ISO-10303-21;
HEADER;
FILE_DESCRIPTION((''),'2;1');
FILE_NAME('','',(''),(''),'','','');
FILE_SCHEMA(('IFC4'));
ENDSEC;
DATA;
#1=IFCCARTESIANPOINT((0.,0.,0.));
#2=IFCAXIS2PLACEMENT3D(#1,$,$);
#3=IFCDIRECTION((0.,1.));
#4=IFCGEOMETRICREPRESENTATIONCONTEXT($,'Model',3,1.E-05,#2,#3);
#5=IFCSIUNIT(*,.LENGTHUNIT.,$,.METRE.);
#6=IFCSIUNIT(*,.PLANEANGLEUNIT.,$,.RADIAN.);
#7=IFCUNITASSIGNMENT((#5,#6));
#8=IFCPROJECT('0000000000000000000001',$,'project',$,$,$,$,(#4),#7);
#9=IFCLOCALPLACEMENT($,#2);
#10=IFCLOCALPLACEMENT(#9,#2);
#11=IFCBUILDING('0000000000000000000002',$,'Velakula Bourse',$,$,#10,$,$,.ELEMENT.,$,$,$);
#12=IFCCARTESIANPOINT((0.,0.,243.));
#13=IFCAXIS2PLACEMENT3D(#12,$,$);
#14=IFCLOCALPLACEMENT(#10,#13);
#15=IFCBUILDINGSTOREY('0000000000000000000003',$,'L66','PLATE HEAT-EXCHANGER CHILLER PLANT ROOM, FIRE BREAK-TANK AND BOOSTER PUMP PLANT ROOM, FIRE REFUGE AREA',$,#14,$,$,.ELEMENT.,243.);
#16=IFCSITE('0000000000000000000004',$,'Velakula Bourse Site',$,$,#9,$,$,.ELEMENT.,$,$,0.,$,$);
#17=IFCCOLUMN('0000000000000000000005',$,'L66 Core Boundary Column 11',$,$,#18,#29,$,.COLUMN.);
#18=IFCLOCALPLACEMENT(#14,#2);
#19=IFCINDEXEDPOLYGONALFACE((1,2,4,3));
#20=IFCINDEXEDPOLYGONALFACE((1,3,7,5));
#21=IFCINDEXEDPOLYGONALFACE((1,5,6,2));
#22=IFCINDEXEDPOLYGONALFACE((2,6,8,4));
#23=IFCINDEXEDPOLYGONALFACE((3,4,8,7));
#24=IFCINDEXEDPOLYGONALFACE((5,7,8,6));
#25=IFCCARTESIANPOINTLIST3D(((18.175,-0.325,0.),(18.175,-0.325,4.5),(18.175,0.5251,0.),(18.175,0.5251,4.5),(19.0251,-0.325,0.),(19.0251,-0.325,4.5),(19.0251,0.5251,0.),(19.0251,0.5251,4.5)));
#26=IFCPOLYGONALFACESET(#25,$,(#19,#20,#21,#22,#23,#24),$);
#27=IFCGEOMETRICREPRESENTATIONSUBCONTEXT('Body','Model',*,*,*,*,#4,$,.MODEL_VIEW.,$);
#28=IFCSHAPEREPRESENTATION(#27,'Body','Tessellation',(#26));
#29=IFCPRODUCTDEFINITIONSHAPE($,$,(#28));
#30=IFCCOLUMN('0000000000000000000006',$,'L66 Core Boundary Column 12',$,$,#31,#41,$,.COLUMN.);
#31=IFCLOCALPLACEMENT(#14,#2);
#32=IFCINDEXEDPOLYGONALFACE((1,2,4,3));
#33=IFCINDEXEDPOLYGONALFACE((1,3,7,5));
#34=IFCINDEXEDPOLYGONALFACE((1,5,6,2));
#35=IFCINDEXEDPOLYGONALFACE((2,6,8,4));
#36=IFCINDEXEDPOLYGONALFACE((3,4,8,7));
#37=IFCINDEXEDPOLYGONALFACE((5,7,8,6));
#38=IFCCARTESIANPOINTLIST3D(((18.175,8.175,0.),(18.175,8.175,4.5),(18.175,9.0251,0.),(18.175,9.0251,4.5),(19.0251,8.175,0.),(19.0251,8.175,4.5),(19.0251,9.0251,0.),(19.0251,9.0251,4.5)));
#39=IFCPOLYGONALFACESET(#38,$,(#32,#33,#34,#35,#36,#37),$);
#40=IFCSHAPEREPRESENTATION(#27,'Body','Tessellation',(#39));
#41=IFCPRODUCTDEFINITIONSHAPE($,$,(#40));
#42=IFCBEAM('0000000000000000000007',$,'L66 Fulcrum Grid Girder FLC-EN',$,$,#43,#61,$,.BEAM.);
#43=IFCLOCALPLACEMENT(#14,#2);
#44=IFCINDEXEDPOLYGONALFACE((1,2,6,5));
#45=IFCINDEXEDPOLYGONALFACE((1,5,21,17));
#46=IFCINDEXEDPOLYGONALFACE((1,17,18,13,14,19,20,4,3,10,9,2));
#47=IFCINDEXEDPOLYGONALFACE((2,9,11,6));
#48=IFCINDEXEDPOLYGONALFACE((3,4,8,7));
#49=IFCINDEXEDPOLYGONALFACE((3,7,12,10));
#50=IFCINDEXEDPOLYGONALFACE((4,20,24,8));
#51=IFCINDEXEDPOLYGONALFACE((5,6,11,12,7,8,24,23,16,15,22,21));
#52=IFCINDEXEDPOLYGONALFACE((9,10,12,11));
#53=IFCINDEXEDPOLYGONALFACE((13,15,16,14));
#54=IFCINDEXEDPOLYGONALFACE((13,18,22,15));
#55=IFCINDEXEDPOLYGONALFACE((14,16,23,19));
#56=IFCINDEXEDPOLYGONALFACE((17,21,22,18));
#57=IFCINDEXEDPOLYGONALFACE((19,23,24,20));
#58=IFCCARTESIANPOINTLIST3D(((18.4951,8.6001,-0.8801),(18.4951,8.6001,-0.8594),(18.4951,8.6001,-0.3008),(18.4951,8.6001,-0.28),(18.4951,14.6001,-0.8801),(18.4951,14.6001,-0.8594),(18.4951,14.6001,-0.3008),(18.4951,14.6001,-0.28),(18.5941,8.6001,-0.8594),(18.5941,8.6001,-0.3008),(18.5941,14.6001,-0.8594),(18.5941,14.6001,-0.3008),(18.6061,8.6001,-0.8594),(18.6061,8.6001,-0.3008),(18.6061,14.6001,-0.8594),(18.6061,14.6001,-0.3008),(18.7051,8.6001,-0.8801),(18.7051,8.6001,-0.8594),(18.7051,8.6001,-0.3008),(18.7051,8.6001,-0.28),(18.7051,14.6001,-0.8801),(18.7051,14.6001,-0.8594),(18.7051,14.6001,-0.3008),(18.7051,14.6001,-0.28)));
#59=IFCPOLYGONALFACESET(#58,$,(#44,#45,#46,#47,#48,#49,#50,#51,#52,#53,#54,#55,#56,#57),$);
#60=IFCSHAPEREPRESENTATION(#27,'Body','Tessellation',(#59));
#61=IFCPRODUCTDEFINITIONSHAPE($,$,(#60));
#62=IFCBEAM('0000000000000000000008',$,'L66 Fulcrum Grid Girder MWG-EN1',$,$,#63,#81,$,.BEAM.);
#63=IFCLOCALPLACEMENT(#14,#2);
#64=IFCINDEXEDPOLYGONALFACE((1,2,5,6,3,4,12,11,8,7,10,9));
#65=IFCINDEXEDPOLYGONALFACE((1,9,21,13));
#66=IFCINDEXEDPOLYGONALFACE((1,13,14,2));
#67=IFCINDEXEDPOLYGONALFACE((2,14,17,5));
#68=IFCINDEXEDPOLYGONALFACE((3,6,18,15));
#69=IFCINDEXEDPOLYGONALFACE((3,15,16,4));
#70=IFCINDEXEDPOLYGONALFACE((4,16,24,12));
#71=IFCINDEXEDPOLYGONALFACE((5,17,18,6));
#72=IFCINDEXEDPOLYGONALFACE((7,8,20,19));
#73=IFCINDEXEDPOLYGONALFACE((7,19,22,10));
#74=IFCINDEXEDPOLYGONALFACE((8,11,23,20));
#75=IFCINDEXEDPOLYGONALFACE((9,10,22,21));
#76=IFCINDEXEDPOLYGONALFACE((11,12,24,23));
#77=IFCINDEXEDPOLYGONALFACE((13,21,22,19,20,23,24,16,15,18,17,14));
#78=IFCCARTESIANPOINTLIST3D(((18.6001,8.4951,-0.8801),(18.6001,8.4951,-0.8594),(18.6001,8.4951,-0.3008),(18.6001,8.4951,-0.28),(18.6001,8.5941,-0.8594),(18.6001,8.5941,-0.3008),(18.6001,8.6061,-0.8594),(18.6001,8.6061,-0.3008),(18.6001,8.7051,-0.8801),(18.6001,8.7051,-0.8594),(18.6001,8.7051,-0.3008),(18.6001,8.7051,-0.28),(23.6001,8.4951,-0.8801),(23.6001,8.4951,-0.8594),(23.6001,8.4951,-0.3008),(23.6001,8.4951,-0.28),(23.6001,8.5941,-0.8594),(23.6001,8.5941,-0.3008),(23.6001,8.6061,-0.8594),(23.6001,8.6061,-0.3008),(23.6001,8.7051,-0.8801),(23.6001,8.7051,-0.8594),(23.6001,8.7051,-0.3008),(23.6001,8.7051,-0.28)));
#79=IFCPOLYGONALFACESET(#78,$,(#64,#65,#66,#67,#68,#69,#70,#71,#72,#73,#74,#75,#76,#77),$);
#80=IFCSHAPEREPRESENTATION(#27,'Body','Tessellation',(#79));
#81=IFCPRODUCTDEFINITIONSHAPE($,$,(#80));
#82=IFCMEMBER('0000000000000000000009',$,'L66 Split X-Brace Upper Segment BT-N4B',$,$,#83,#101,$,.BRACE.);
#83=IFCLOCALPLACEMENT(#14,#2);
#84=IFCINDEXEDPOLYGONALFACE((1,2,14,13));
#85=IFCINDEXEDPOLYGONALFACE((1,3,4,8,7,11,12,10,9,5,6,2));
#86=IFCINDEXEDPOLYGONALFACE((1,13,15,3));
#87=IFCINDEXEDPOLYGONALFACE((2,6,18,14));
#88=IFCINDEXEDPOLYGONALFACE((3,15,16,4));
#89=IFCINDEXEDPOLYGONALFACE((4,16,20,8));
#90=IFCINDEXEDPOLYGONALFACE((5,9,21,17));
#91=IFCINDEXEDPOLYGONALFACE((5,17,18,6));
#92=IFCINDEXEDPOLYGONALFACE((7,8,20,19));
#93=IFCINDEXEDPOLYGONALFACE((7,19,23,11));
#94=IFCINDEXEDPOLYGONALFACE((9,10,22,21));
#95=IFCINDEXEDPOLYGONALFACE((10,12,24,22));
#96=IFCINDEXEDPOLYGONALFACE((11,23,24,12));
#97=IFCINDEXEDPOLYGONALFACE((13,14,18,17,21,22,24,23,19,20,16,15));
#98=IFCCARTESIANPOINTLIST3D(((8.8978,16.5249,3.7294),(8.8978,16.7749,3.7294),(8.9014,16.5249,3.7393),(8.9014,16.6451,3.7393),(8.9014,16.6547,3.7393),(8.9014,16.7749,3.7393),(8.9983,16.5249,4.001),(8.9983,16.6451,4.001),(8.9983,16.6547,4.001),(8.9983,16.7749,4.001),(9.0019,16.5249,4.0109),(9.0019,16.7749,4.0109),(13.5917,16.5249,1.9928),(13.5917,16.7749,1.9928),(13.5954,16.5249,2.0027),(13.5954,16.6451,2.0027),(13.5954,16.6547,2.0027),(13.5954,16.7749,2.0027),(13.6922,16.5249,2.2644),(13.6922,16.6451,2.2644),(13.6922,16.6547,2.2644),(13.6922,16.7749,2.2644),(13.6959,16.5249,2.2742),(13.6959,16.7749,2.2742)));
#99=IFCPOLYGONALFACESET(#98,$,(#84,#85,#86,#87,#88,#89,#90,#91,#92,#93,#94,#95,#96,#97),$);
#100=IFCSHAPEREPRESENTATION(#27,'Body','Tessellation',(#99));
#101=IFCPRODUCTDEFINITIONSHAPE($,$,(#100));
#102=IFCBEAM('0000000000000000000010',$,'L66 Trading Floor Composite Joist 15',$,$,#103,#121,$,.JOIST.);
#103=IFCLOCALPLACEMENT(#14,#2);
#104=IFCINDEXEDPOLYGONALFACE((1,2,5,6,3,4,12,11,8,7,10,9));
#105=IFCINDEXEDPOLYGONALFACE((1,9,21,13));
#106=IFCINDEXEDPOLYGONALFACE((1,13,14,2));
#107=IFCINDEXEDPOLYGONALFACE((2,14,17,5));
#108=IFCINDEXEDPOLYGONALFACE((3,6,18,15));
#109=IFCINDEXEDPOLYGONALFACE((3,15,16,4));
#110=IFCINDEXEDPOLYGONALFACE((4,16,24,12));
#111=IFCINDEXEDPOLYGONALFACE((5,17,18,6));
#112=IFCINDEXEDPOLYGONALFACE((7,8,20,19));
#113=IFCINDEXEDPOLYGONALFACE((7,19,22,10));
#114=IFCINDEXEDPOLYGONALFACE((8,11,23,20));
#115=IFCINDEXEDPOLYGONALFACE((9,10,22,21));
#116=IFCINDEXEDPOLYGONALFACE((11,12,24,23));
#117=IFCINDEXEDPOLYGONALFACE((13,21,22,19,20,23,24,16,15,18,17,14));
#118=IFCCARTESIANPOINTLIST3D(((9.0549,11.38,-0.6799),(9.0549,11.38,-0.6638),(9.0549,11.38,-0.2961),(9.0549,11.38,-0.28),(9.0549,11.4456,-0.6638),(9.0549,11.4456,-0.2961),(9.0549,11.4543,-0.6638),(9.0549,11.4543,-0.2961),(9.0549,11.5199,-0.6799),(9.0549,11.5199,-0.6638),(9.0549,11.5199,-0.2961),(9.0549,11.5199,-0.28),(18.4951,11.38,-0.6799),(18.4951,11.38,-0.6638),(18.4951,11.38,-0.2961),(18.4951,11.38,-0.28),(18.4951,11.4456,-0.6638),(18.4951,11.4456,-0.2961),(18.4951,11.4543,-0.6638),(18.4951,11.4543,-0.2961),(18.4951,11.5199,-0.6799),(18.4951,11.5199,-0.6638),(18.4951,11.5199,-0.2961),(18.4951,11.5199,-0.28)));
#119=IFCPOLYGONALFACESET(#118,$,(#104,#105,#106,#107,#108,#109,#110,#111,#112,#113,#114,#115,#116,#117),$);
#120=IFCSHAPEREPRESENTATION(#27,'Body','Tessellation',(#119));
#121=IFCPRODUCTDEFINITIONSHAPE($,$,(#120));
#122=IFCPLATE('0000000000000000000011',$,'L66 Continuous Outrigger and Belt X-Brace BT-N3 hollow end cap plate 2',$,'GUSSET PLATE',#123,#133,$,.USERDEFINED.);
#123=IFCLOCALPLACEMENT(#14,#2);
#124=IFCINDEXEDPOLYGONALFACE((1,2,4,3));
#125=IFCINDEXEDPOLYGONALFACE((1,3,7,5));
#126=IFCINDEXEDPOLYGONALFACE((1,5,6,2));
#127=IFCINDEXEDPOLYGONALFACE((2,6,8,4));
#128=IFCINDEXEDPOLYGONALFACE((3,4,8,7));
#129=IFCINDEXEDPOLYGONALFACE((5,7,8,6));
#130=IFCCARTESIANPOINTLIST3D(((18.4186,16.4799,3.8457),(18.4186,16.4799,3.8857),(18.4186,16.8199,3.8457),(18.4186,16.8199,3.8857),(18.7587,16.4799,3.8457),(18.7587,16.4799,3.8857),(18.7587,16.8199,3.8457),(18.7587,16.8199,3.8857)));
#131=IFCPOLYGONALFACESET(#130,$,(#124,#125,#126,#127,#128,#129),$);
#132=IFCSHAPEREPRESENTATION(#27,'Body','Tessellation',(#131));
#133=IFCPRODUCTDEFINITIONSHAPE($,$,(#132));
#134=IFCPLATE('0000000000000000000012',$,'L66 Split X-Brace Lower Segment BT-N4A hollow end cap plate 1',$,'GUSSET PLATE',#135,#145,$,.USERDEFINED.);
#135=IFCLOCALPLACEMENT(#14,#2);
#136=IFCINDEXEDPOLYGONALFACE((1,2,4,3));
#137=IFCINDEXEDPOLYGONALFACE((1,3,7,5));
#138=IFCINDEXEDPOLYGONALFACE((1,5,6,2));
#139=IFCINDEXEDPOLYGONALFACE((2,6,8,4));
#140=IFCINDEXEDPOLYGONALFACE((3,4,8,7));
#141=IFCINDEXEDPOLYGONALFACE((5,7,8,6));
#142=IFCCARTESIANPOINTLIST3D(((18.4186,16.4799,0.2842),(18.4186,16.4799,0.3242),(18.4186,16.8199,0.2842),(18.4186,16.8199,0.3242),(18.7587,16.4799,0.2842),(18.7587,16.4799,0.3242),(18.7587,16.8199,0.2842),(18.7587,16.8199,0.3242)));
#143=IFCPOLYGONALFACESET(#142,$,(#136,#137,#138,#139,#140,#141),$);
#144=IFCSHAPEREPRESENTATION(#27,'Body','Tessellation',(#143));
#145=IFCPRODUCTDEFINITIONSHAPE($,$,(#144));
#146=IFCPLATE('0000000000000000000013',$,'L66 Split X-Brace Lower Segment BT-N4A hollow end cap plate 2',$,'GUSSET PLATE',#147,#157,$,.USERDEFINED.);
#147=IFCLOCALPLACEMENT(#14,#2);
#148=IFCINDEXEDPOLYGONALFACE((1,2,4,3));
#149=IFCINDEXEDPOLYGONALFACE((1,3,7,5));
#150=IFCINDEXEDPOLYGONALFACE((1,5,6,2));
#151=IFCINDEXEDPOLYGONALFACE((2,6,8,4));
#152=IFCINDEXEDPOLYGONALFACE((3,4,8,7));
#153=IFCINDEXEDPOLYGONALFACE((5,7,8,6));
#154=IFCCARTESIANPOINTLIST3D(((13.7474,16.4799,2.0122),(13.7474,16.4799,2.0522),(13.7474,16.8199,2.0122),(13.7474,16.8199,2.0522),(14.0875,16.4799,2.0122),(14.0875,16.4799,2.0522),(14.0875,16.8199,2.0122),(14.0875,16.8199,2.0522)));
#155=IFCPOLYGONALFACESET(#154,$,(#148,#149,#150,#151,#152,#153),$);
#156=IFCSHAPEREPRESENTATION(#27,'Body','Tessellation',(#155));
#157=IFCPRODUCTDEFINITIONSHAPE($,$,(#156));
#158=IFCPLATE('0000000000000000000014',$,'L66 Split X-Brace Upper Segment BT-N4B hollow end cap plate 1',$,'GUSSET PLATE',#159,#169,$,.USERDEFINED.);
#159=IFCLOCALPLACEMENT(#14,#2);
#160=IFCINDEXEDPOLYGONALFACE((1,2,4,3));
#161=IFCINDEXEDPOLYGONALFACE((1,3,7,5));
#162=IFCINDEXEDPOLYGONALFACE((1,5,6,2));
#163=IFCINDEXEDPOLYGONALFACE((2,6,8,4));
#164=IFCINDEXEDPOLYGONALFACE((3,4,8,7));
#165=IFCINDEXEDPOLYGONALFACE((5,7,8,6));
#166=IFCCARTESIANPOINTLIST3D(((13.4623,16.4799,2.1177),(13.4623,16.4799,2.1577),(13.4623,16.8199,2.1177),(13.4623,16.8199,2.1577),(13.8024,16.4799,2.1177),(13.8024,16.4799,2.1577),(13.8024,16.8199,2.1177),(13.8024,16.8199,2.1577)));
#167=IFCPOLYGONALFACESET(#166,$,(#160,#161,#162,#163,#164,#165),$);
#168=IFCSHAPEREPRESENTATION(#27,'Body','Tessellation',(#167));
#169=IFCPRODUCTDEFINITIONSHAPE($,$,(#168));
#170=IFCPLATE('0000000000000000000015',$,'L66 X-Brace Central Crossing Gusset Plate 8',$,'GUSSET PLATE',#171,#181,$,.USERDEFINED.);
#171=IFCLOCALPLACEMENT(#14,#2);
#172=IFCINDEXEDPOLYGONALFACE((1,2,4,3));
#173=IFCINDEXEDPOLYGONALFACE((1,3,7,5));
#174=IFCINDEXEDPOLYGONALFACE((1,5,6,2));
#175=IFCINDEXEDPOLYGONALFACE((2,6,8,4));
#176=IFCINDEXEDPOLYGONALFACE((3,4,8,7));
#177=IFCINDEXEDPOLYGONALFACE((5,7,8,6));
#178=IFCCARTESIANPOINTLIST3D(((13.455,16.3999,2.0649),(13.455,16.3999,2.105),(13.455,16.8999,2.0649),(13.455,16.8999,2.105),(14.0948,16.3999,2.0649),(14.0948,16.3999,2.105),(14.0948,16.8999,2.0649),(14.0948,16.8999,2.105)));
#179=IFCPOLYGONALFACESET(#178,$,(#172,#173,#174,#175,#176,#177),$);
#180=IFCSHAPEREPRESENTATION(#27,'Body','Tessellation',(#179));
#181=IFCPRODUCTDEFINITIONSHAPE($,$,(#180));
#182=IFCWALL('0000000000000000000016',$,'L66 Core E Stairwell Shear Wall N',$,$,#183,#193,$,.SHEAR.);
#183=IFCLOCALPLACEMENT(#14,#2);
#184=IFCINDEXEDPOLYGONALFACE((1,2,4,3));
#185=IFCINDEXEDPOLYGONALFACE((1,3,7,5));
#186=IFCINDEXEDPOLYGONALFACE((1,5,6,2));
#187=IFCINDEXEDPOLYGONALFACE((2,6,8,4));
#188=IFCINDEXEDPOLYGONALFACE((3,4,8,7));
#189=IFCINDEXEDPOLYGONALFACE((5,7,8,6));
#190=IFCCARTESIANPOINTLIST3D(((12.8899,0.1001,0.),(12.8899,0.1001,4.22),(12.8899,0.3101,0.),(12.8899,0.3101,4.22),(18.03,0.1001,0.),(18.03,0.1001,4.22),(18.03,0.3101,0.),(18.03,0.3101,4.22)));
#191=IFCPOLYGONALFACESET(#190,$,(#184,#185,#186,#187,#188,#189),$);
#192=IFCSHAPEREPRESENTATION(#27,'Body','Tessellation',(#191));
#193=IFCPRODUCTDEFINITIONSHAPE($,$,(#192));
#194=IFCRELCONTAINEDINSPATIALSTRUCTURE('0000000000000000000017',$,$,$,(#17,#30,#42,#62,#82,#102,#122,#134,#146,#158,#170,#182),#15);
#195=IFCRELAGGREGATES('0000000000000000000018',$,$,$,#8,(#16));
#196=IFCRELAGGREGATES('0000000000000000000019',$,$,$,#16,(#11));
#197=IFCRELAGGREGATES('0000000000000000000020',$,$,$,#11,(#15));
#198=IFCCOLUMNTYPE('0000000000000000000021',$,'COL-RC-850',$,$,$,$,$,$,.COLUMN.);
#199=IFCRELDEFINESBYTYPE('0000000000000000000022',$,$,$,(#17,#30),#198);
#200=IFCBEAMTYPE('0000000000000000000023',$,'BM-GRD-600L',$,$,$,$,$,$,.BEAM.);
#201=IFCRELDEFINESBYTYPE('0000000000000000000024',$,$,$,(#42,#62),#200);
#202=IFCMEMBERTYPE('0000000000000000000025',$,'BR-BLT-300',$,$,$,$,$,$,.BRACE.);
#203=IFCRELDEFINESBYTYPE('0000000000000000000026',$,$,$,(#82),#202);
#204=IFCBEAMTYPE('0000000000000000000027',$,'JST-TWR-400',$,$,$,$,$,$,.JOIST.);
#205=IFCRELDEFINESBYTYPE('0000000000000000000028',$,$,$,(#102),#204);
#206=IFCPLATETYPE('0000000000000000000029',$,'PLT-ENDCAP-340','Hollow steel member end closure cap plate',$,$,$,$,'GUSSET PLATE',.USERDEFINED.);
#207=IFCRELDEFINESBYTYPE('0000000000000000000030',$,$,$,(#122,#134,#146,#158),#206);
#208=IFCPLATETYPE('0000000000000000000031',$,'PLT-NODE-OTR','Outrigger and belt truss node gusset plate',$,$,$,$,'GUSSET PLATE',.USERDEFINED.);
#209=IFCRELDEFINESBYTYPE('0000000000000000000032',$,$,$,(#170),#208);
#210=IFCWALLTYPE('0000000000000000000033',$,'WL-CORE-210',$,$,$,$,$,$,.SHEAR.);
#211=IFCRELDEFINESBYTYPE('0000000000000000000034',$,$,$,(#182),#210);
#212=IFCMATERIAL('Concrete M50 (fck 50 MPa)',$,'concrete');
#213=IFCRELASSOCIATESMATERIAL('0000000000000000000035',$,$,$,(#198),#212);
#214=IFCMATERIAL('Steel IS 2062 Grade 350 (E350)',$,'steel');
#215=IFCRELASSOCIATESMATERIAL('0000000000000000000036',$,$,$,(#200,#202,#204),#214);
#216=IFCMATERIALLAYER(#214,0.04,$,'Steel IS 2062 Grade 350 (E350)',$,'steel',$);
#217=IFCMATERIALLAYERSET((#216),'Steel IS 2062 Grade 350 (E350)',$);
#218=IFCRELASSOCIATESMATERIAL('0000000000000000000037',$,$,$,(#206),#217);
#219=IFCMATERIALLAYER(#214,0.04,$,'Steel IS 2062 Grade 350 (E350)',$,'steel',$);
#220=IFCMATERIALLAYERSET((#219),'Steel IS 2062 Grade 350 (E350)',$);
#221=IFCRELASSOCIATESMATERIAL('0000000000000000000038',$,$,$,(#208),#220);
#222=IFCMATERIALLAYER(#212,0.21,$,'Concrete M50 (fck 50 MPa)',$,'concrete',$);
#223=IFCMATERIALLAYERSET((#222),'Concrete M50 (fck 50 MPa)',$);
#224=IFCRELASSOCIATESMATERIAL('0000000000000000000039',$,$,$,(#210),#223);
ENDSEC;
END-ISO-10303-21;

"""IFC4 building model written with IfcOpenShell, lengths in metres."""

from ifc_helpers import new_model, si_unit, direction, frame, frame_2d, origin, origin_2d, place, context, subcontext, project, spatial, rectangle, i_section, extrude, material, layer, layer_set, material_profile, profile_set, type_object, element, save


model = new_model("IFC4")

# Units and contexts
model_context = context("Model", 3, precision=1e-05, world=origin(), true_north=direction((0.0, 1.0)))
body_context = subcontext(model_context, "Body", "Model", "MODEL_VIEW")
ifc_project = project(units=[si_unit("LENGTHUNIT", "METRE"), si_unit("PLANEANGLEUNIT", "RADIAN")], contexts=[model_context])

# Site, building, storey
site_placement = place(None, origin())
site = spatial("IfcSite", under=ifc_project, at=site_placement, Name="Velakula Bourse Site", CompositionType="ELEMENT", RefElevation=0.0)
building_placement = place(site_placement, origin())
building = spatial("IfcBuilding", under=site, at=building_placement, Name="Velakula Bourse", CompositionType="ELEMENT")
storey_placement = place(building_placement, frame((0.0, 0.0, 243.0)))
storey = spatial("IfcBuildingStorey", under=building, at=storey_placement, Name="L66", Description="PLATE HEAT-EXCHANGER CHILLER PLANT ROOM, FIRE BREAK-TANK AND BOOSTER PUMP PLANT ROOM, FIRE REFUGE AREA", CompositionType="ELEMENT", Elevation=243.0)

# Columns
ifc_material_1 = material(Name="Concrete M50 (fck 50 MPa)", Category="concrete")
ifc_material_profile_1 = material_profile(ifc_material_1, rectangle(XDim=0.8501, YDim=0.8501, at=origin_2d()), Name="Concrete M50 (fck 50 MPa)")
ifc_profile_set_1 = profile_set([ifc_material_profile_1], Name="Concrete M50 (fck 50 MPa)")
column_type = type_object("IfcColumnType", Name="COL-RC-850", PredefinedType="COLUMN", material=ifc_profile_set_1)
for number, where, z_axis, x_axis, name in (
    (1, (18.6001, 0.1001, 0.0), (0.0, 0.0, 1.0), (1.0, 0.0, 0.0), "L66 Core Boundary Column 11"),
    (2, (18.6001, 8.6001, 0.0), (0.0, 0.0, 1.0), (1.0, 0.0, 0.0), "L66 Core Boundary Column 12"),
):
    element("IfcColumn", number, at=place(storey_placement, frame(where, z_axis=z_axis, x_axis=x_axis)), inside=storey, type_object=column_type, Name=name, PredefinedType="COLUMN", context=body_context, shape_type="SweptSolid", body=[
        extrude(rectangle(XDim=0.8501, YDim=0.8501, at=origin_2d()), origin(), (0.0, 0.0, 1.0), 4.5),
    ])

# Beams
ifc_material_2 = material(Name="Steel IS 2062 Grade 350 (E350)", Category="steel")
ifc_material_profile_2 = material_profile(ifc_material_2, i_section(OverallWidth=0.21, OverallDepth=0.6001, WebThickness=0.012, FlangeThickness=0.0208, at=origin_2d()), Name="Steel IS 2062 Grade 350 (E350)")
ifc_profile_set_2 = profile_set([ifc_material_profile_2], Name="Steel IS 2062 Grade 350 (E350)")
beam_type_1 = type_object("IfcBeamType", Name="BM-GRD-600L", PredefinedType="BEAM", material=ifc_profile_set_2)
beam_1_placement = place(storey_placement, frame((18.6001, 8.6001, -0.5801), z_axis=(0.0, 1.0, 0.0), x_axis=(-1.0, 0.0, 0.0)))
element("IfcBeam", 3, at=beam_1_placement, inside=storey, type_object=beam_type_1, Name="L66 Fulcrum Grid Girder FLC-EN", PredefinedType="BEAM", context=body_context, shape_type="SweptSolid", body=[
    extrude(i_section(OverallWidth=0.21, OverallDepth=0.6001, WebThickness=0.012, FlangeThickness=0.0208, at=origin_2d()), origin(), (0.0, 0.0, 1.0), 6.0),
])
beam_2_placement = place(storey_placement, frame((18.6001, 8.6001, -0.5801), z_axis=(1.0, 0.0, 0.0), x_axis=(0.0, 1.0, 0.0)))
element("IfcBeam", 4, at=beam_2_placement, inside=storey, type_object=beam_type_1, Name="L66 Fulcrum Grid Girder MWG-EN1", PredefinedType="BEAM", context=body_context, shape_type="SweptSolid", body=[
    extrude(i_section(OverallWidth=0.21, OverallDepth=0.6001, WebThickness=0.012, FlangeThickness=0.0208, at=origin_2d()), origin(), (0.0, 0.0, 1.0), 5.0),
])

# Member
ifc_material_profile_3 = material_profile(ifc_material_2, i_section(OverallWidth=0.25, OverallDepth=0.3, WebThickness=0.0095, FlangeThickness=0.0105, at=origin_2d()), Name="Steel IS 2062 Grade 350 (E350)")
ifc_profile_set_3 = profile_set([ifc_material_profile_3], Name="Steel IS 2062 Grade 350 (E350)")
member_type = type_object("IfcMemberType", Name="BR-BLT-300", PredefinedType="BRACE", material=ifc_profile_set_3)
member_placement = place(storey_placement, frame((13.6438, 16.6499, 2.1335), z_axis=(-0.937872, 0.0, 0.346982), x_axis=(0.0, -1.0, 0.0)))
element("IfcMember", 5, at=member_placement, inside=storey, type_object=member_type, Name="L66 Split X-Brace Upper Segment BT-N4B", PredefinedType="BRACE", context=body_context, shape_type="SweptSolid", body=[
    extrude(i_section(OverallWidth=0.25, OverallDepth=0.3, WebThickness=0.0095, FlangeThickness=0.0105, at=origin_2d()), origin(), (0.0, 0.0, 1.0), 5.0049),
])

# Beam
ifc_material_profile_4 = material_profile(ifc_material_2, i_section(OverallWidth=0.1399, OverallDepth=0.3999, WebThickness=0.0088, FlangeThickness=0.0161, at=origin_2d()), Name="Steel IS 2062 Grade 350 (E350)")
ifc_profile_set_4 = profile_set([ifc_material_profile_4], Name="Steel IS 2062 Grade 350 (E350)")
beam_type_2 = type_object("IfcBeamType", Name="JST-TWR-400", PredefinedType="JOIST", material=ifc_profile_set_4)
beam_3_placement = place(storey_placement, frame((9.0549, 11.45, -0.48), z_axis=(1.0, 0.0, 0.0), x_axis=(0.0, 1.0, 0.0)))
element("IfcBeam", 6, at=beam_3_placement, inside=storey, type_object=beam_type_2, Name="L66 Trading Floor Composite Joist 15", PredefinedType="JOIST", context=body_context, shape_type="SweptSolid", body=[
    extrude(i_section(OverallWidth=0.1399, OverallDepth=0.3999, WebThickness=0.0088, FlangeThickness=0.0161, at=origin_2d()), origin(), (0.0, 0.0, 1.0), 9.4402),
])

# Plates
ifc_layer_1 = layer(ifc_material_2, 0.04, Name="Steel IS 2062 Grade 350 (E350)", Category="steel")
ifc_layer_set_1 = layer_set([ifc_layer_1], Name="Steel IS 2062 Grade 350 (E350)")
plate_type_1 = type_object("IfcPlateType", Name="PLT-ENDCAP-340", Description="Hollow steel member end closure cap plate", ElementType="GUSSET PLATE", PredefinedType="USERDEFINED", material=ifc_layer_set_1)
for number, where, z_axis, x_axis, name in (
    (7, (18.5886, 16.6499, 3.8457), (0.0, 0.0, 1.0), (1.0, 0.0, 0.0), "L66 Continuous Outrigger and Belt X-Brace BT-N3 hollow end cap plate 2"),
    (8, (18.5886, 16.6499, 0.2842), (0.0, 0.0, 1.0), (-1.0, 0.0, 0.0), "L66 Split X-Brace Lower Segment BT-N4A hollow end cap plate 1"),
    (9, (13.9175, 16.6499, 2.0122), (0.0, 0.0, 1.0), (-1.0, 0.0, 0.0), "L66 Split X-Brace Lower Segment BT-N4A hollow end cap plate 2"),
    (10, (13.6323, 16.6499, 2.1177), (0.0, 0.0, 1.0), (-1.0, 0.0, 0.0), "L66 Split X-Brace Upper Segment BT-N4B hollow end cap plate 1"),
):
    element("IfcPlate", number, at=place(storey_placement, frame(where, z_axis=z_axis, x_axis=x_axis)), inside=storey, type_object=plate_type_1, Name=name, ObjectType="GUSSET PLATE", PredefinedType="USERDEFINED", context=body_context, shape_type="SweptSolid", body=[
        extrude(rectangle(XDim=0.3401, YDim=0.3401, at=origin_2d()), origin(), (0.0, 0.0, 1.0), 0.04),
    ])
ifc_layer_2 = layer(ifc_material_2, 0.04, Name="Steel IS 2062 Grade 350 (E350)", Category="steel")
ifc_layer_set_2 = layer_set([ifc_layer_2], Name="Steel IS 2062 Grade 350 (E350)")
plate_type_2 = type_object("IfcPlateType", Name="PLT-NODE-OTR", Description="Outrigger and belt truss node gusset plate", ElementType="GUSSET PLATE", PredefinedType="USERDEFINED", material=ifc_layer_set_2)
plate_placement = place(storey_placement, frame((13.7749, 16.6499, 2.0649), z_axis=(0.0, 0.0, 1.0), x_axis=(1.0, 0.0, 0.0)))
element("IfcPlate", 11, at=plate_placement, inside=storey, type_object=plate_type_2, Name="L66 X-Brace Central Crossing Gusset Plate 8", ObjectType="GUSSET PLATE", PredefinedType="USERDEFINED", context=body_context, shape_type="SweptSolid", body=[
    extrude(rectangle(XDim=0.6399, YDim=0.5, at=origin_2d()), origin(), (0.0, 0.0, 1.0), 0.04),
])

# Wall
ifc_layer_3 = layer(ifc_material_1, 0.21, Name="Concrete M50 (fck 50 MPa)", Category="concrete")
ifc_layer_set_3 = layer_set([ifc_layer_3], Name="Concrete M50 (fck 50 MPa)")
wall_type_1 = type_object("IfcWallType", Name="WL-CORE-210", PredefinedType="SHEAR", material=ifc_layer_set_3)
wall_1_placement = place(storey_placement, frame((18.03, 0.2051, 0.0), z_axis=(0.0, 0.0, 1.0), x_axis=(-1.0, 0.0, 0.0)))
element("IfcWall", 12, at=wall_1_placement, inside=storey, type_object=wall_type_1, Name="L66 Core E Stairwell Shear Wall N", PredefinedType="SHEAR", context=body_context, shape_type="SweptSolid", body=[
    extrude(rectangle(XDim=5.1401, YDim=0.21, at=frame_2d((2.5701, 0.0))), origin(), (0.0, 0.0, 1.0), 4.22),
])

save(model, "model.ifc")
